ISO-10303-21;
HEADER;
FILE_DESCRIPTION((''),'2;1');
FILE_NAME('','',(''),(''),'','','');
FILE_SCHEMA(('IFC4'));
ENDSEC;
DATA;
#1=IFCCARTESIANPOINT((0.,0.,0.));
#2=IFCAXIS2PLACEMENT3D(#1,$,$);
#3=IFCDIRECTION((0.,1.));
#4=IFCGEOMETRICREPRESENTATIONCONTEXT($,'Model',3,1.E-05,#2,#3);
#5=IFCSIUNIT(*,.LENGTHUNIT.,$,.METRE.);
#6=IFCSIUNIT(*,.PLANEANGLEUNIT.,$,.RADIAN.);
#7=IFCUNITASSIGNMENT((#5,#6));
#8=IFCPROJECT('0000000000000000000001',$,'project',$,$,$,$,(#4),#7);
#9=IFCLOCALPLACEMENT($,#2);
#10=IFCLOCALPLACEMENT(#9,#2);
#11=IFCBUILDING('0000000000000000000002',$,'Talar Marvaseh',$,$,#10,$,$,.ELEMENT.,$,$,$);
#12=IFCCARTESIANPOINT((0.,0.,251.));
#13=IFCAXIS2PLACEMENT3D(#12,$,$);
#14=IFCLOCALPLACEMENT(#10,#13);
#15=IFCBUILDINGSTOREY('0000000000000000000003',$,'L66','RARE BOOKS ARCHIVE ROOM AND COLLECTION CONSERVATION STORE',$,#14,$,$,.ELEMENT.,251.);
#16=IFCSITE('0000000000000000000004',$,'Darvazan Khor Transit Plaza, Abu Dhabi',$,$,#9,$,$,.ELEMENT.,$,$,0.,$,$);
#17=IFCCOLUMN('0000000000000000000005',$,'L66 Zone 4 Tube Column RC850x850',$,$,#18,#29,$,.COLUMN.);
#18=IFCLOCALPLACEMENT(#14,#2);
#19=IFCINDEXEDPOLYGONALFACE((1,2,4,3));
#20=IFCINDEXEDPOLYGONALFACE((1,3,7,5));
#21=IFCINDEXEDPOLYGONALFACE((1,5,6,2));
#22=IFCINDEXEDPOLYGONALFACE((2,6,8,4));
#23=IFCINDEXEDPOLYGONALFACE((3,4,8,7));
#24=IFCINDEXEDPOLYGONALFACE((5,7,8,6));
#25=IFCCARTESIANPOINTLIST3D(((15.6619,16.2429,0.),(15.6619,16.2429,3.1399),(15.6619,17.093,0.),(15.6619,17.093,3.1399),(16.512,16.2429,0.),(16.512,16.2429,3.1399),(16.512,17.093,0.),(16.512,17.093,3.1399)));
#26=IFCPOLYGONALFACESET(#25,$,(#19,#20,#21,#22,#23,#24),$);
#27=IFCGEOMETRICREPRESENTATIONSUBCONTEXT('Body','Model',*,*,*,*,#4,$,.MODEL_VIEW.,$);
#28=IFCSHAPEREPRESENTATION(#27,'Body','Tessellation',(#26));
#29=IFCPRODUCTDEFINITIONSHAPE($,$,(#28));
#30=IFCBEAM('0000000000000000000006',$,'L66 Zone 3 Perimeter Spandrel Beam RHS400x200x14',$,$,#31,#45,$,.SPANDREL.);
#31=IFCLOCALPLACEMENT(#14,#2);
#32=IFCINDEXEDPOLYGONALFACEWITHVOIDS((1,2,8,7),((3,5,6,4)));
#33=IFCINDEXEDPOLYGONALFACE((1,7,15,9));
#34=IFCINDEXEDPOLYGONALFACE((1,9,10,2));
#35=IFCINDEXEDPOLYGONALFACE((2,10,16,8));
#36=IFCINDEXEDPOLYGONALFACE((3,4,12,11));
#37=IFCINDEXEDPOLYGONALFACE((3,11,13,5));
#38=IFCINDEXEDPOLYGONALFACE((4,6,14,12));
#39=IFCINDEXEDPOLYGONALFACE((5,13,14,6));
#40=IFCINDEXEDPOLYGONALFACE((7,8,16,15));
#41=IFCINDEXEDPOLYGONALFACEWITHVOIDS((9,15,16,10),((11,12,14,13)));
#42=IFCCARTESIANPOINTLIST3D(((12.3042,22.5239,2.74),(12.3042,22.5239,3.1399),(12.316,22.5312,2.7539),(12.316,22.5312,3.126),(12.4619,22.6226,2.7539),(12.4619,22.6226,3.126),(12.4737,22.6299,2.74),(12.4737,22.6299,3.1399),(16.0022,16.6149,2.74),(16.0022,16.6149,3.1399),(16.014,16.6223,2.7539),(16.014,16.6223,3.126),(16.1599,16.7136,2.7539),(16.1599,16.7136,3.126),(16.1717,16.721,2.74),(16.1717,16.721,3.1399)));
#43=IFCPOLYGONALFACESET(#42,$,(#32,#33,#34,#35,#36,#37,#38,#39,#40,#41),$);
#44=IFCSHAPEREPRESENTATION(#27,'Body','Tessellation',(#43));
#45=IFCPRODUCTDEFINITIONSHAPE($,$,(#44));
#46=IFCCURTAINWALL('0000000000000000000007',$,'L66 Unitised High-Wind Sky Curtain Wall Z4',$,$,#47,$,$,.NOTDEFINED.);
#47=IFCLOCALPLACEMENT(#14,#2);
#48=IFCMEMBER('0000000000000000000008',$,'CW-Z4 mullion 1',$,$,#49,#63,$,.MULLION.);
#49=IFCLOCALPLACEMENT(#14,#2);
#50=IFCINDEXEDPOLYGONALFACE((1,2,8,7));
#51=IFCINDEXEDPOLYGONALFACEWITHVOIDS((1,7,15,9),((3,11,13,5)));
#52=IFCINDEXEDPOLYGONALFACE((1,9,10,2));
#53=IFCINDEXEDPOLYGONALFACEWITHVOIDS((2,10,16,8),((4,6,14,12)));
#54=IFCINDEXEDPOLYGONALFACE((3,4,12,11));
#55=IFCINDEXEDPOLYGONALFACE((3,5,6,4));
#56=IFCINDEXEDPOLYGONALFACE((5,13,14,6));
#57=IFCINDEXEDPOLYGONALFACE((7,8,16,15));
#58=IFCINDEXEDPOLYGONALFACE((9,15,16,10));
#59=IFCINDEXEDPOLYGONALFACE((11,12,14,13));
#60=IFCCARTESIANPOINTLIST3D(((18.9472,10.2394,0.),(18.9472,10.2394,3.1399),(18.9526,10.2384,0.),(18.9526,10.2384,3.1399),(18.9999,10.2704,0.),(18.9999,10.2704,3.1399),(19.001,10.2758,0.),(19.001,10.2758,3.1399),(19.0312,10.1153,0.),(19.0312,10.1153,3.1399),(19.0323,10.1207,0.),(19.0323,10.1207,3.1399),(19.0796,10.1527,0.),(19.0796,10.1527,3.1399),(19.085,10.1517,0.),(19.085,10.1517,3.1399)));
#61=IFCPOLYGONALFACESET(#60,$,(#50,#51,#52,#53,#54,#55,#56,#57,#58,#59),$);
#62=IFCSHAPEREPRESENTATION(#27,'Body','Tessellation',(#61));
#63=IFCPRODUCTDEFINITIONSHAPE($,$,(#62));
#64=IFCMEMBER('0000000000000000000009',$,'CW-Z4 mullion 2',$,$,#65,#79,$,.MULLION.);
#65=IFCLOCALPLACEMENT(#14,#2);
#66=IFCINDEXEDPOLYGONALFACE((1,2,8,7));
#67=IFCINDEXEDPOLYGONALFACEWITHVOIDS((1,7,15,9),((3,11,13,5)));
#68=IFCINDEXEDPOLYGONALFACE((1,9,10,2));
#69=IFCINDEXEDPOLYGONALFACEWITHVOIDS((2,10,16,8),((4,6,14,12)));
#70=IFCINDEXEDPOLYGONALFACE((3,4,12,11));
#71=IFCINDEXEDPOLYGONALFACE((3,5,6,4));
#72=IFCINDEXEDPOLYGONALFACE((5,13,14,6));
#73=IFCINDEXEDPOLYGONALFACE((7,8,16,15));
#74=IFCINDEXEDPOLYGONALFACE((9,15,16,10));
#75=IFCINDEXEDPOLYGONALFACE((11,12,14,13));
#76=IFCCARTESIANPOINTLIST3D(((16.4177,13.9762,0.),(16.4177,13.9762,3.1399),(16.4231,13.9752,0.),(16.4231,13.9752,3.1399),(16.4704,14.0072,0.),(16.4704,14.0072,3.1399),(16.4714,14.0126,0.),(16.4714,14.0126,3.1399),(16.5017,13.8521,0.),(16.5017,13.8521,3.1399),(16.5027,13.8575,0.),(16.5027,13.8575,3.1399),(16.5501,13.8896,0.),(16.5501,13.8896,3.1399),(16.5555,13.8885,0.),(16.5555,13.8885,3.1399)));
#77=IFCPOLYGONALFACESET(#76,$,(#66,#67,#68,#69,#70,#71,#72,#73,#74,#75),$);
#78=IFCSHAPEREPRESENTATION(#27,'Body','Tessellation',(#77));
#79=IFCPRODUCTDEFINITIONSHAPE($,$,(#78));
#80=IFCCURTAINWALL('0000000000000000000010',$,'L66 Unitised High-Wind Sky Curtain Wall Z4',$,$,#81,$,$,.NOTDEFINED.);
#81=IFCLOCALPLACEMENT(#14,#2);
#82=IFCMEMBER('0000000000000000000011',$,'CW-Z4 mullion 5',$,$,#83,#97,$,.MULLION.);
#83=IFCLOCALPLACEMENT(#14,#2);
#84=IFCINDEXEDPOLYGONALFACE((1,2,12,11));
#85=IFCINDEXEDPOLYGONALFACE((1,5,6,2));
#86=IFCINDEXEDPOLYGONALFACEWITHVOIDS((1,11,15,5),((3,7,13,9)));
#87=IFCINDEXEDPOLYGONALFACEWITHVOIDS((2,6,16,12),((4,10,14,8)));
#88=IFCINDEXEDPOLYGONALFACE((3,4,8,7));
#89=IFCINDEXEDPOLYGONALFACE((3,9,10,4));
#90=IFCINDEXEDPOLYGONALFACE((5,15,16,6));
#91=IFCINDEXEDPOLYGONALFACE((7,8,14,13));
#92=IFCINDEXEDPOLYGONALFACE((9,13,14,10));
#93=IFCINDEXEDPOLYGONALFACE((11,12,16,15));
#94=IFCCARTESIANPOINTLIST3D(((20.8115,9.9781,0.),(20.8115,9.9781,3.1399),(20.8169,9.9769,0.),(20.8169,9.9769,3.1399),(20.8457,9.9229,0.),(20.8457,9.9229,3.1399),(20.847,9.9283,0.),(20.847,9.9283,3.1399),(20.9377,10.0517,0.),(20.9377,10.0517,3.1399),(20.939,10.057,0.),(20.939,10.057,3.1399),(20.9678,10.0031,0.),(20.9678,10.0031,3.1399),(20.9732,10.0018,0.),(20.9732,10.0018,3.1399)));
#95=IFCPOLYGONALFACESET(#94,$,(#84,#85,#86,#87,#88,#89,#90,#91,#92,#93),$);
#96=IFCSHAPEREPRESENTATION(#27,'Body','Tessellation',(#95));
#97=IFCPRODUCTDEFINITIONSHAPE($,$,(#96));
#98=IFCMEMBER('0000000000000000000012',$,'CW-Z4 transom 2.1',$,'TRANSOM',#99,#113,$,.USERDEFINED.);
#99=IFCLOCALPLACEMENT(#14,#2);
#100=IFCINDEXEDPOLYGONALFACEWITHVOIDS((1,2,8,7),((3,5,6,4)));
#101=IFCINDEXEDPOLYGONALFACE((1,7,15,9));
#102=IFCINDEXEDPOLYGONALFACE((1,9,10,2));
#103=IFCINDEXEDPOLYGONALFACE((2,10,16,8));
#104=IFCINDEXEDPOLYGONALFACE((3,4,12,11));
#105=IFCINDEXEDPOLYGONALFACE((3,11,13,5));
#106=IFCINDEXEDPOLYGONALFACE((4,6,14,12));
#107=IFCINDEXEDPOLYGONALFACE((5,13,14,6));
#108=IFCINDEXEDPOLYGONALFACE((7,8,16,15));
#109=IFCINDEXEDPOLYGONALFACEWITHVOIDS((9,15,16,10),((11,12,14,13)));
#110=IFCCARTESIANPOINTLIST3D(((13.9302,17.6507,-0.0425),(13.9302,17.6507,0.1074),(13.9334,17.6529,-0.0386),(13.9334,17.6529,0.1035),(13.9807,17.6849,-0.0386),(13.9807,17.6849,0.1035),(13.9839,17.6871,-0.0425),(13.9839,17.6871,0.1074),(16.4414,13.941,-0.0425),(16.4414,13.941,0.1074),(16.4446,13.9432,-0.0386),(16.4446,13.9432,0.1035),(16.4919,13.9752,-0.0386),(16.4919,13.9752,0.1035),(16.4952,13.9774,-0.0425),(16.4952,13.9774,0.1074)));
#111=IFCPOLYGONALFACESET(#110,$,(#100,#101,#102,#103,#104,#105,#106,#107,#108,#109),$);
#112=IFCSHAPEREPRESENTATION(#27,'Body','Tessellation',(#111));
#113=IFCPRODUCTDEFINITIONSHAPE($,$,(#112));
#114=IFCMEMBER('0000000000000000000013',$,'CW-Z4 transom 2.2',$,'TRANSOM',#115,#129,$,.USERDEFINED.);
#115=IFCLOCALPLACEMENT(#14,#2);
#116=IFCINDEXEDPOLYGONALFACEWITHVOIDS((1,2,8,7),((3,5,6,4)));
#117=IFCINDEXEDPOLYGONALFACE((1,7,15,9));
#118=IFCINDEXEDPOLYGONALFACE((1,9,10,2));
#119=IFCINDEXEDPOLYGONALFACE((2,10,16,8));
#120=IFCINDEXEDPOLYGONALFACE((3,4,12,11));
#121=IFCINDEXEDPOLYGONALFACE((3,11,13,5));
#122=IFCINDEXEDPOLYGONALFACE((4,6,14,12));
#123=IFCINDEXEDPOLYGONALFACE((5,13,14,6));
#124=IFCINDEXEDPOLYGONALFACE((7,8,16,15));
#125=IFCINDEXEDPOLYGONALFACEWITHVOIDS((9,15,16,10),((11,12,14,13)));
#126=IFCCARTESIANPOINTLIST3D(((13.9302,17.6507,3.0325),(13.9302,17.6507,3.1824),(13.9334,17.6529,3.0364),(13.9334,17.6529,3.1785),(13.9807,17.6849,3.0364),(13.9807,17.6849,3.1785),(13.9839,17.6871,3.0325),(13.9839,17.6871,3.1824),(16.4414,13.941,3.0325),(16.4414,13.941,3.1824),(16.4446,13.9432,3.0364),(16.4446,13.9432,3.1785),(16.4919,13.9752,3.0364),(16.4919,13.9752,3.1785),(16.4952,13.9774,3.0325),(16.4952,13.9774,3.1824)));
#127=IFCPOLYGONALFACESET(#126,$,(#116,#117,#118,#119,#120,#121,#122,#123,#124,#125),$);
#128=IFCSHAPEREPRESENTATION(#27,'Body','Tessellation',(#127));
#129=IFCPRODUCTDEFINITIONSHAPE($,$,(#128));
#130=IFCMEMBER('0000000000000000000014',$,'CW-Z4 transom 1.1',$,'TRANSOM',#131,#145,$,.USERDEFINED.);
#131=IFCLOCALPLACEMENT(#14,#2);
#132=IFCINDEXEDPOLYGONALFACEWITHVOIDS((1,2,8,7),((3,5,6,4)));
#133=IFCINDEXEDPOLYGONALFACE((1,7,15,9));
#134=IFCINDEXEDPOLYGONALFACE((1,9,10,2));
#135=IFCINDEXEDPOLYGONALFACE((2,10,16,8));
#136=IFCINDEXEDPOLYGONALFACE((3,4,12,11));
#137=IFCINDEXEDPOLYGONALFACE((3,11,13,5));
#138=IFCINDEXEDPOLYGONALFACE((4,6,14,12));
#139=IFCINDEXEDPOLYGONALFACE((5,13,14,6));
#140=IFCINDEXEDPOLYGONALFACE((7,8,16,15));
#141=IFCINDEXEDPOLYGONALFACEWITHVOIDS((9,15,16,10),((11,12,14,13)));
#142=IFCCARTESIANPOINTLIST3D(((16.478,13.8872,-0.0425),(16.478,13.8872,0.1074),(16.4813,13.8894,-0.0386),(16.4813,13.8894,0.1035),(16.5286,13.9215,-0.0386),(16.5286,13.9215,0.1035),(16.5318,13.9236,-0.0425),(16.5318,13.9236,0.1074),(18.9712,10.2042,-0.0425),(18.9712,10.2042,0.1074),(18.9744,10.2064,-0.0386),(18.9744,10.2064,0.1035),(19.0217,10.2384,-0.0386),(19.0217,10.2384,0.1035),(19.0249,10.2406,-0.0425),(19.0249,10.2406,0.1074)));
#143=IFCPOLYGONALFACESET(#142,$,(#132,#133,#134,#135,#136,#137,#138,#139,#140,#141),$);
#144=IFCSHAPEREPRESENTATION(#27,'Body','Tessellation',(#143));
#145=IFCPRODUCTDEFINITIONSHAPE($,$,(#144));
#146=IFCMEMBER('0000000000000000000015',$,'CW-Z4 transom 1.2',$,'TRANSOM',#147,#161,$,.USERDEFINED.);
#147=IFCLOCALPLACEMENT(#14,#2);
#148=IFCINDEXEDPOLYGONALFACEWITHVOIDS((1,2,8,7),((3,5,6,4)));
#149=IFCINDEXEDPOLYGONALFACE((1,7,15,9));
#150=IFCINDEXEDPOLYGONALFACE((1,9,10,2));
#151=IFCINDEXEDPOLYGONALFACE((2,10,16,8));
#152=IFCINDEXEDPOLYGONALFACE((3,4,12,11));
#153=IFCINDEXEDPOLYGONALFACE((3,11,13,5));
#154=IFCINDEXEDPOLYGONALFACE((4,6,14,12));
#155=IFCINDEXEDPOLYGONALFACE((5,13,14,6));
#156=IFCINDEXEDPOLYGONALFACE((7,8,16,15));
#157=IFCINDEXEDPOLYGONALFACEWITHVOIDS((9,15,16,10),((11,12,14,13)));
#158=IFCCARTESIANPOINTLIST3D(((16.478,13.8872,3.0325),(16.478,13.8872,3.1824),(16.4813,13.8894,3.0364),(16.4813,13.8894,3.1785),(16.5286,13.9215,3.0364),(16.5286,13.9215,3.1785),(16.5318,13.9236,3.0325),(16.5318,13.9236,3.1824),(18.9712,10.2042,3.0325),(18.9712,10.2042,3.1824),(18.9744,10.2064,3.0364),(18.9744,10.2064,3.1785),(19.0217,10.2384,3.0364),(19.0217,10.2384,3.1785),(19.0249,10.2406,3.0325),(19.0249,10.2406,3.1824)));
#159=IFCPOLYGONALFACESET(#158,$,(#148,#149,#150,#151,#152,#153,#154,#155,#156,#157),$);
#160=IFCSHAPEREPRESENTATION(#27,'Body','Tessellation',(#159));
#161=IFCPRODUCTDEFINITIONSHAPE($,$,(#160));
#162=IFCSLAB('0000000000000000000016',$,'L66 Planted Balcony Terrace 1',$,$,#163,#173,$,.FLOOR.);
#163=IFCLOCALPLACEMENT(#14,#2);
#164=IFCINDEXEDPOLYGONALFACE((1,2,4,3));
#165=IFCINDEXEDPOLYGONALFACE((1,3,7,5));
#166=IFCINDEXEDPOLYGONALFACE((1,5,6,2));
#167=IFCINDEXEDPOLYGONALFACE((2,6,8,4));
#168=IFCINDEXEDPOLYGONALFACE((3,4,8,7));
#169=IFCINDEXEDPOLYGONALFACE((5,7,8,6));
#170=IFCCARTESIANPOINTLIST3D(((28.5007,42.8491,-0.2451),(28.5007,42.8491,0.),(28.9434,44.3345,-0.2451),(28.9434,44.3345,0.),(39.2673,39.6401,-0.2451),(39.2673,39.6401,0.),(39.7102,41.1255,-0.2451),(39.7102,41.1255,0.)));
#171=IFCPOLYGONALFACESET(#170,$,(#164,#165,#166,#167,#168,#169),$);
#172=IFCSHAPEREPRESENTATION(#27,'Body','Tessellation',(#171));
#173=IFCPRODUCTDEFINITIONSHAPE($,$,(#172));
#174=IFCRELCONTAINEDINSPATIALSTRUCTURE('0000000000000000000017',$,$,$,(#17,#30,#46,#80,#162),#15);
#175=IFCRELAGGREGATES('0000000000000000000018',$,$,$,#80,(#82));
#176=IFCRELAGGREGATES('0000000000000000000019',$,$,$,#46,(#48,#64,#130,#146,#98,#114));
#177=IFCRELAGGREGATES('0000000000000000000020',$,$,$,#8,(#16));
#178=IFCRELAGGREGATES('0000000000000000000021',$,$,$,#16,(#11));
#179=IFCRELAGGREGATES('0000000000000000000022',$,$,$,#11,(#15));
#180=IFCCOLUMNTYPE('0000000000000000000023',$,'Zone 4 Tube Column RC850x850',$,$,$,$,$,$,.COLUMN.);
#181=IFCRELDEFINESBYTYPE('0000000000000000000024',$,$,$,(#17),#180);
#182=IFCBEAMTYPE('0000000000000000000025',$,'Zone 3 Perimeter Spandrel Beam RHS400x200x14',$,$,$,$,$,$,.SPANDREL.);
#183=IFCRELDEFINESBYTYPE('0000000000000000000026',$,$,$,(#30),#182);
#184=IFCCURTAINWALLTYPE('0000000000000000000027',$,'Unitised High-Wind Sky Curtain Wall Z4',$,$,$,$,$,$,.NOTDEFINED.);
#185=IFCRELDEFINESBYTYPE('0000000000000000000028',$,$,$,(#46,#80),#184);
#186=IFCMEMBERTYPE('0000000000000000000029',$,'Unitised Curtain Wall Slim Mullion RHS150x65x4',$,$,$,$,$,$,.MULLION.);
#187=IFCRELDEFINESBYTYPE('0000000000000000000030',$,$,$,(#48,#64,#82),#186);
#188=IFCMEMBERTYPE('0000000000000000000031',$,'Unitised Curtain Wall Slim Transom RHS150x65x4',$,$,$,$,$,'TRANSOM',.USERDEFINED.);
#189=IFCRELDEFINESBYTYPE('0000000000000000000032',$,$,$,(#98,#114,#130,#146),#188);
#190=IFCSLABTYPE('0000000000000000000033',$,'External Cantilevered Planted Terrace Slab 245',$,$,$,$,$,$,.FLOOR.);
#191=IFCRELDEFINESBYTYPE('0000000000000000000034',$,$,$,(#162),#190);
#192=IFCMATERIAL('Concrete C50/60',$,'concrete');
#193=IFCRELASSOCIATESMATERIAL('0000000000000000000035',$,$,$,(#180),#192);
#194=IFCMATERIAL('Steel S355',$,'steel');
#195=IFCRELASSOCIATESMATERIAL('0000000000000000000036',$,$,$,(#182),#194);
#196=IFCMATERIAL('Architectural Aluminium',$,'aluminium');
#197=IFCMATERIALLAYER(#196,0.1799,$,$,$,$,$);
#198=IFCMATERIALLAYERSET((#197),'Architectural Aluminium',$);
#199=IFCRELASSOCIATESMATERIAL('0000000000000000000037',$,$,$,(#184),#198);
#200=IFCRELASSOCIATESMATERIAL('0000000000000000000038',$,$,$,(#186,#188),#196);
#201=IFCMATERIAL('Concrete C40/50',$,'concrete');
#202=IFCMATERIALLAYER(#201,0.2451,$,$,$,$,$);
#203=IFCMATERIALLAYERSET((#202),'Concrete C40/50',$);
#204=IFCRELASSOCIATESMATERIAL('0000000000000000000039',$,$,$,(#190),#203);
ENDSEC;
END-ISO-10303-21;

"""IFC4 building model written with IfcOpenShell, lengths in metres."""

from ifc_helpers import new_model, si_unit, direction, frame, origin, origin_2d, place, context, subcontext, project, spatial, polyline, rectangle, hollow_rectangle, outline, extrude, source, transform, mapped, material, layer, layer_set, material_profile, profile_set, type_object, type_shapes, element, aggregate, save


model = new_model("IFC4")

# Units and contexts
model_context = context("Model", 3, precision=1e-05, world=origin(), true_north=direction((0.0, 1.0)))
body_context = subcontext(model_context, "Body", "Model", "MODEL_VIEW")
ifc_project = project(units=[si_unit("LENGTHUNIT", "METRE"), si_unit("PLANEANGLEUNIT", "RADIAN")], contexts=[model_context])

# Site, building, storey
site_placement = place(None, origin())
site = spatial("IfcSite", under=ifc_project, at=site_placement, Name="Darvazan Khor Transit Plaza, Abu Dhabi", CompositionType="ELEMENT", RefElevation=0.0)
building_placement = place(site_placement, origin())
building = spatial("IfcBuilding", under=site, at=building_placement, Name="Talar Marvaseh", CompositionType="ELEMENT")
storey_placement = place(building_placement, frame((0.0, 0.0, 251.0)))
storey = spatial("IfcBuildingStorey", under=building, at=storey_placement, Name="L66", Description="RARE BOOKS ARCHIVE ROOM AND COLLECTION CONSERVATION STORE", CompositionType="ELEMENT", Elevation=251.0)

# Column
ifc_material_1 = material(Name="Concrete C50/60", Category="concrete")
ifc_material_profile_1 = material_profile(ifc_material_1, rectangle(XDim=0.8501, YDim=0.8501, at=origin_2d()), Name="RC850x850")
ifc_profile_set_1 = profile_set([ifc_material_profile_1], Name="Concrete C50/60")
column_type = type_object("IfcColumnType", Name="Zone 4 Tube Column RC850x850", PredefinedType="COLUMN", material=ifc_profile_set_1)
column_placement = place(storey_placement, frame((16.0869, 16.668, 0.0), z_axis=(0.0, 0.0, 1.0), x_axis=(1.0, 0.0, 0.0)))
element("IfcColumn", 1, at=column_placement, inside=storey, type_object=column_type, Name="L66 Zone 4 Tube Column RC850x850", PredefinedType="COLUMN", context=body_context, shape_type="SweptSolid", body=[
    extrude(rectangle(XDim=0.8501, YDim=0.8501, at=origin_2d()), origin(), (0.0, 0.0, 1.0), 3.1399),
])

# Beam
ifc_material_2 = material(Name="Steel S355", Category="steel")
ifc_material_profile_2 = material_profile(ifc_material_2, hollow_rectangle(XDim=0.2, YDim=0.3999, WallThickness=0.0139, at=origin_2d()), Name="RHS400x200x14")
ifc_profile_set_2 = profile_set([ifc_material_profile_2], Name="Steel S355")
beam_type = type_object("IfcBeamType", Name="Zone 3 Perimeter Spandrel Beam RHS400x200x14", PredefinedType="SPANDREL", material=ifc_profile_set_2)
beam_placement = place(storey_placement, frame((16.0869, 16.668, 2.9399), z_axis=(-0.530506, 0.847681, 0.0), x_axis=(-0.847681, -0.530506, 0.0)))
element("IfcBeam", 2, at=beam_placement, inside=storey, type_object=beam_type, Name="L66 Zone 3 Perimeter Spandrel Beam RHS400x200x14", PredefinedType="SPANDREL", context=body_context, shape_type="SweptSolid", body=[
    extrude(hollow_rectangle(XDim=0.2, YDim=0.3999, WallThickness=0.0139, at=origin_2d()), origin(), (0.0, 0.0, 1.0), 6.9707),
])

# Curtain wall, members
ifc_material_3 = material(Name="Architectural Aluminium", Category="aluminium")
ifc_layer_1 = layer(ifc_material_3, 0.1799)
ifc_layer_set_1 = layer_set([ifc_layer_1], Name="Architectural Aluminium")
curtain_wall_type = type_object("IfcCurtainWallType", Name="Unitised High-Wind Sky Curtain Wall Z4", PredefinedType="NOTDEFINED", material=ifc_layer_set_1)
curtain_wall_1_placement = place(storey_placement, origin())
curtain_wall_1 = element("IfcCurtainWall", 3, at=curtain_wall_1_placement, inside=storey, type_object=curtain_wall_type, Name="L66 Unitised High-Wind Sky Curtain Wall Z4", PredefinedType="NOTDEFINED")
ifc_material_profile_3 = material_profile(ifc_material_3, hollow_rectangle(XDim=0.0649, YDim=0.1499, WallThickness=0.0039, at=origin_2d()), Name="RHS150x65x4")
ifc_profile_set_3 = profile_set([ifc_material_profile_3], Name="Architectural Aluminium")
member_type_1 = type_object("IfcMemberType", Name="Unitised Curtain Wall Slim Mullion RHS150x65x4", PredefinedType="MULLION", material=ifc_profile_set_3)
shared_shape_1 = source(origin(), body_context, "Body", "SweptSolid", [
    extrude(hollow_rectangle(XDim=0.0649, YDim=0.1499, WallThickness=0.0039, at=origin_2d()), origin(), (0.0, 0.0, 1.0), 3.1399),
])
type_shapes(member_type_1, [shared_shape_1])
member_1_placement = place(storey_placement, frame((19.0161, 10.1956, 0.0), z_axis=(0.0, 0.0, 1.0), x_axis=(-0.828098, -0.560583, 0.0)))
member_1 = element("IfcMember", 4, at=member_1_placement, type_object=member_type_1, Name="CW-Z4 mullion 1", PredefinedType="MULLION", context=body_context, shape_type="MappedRepresentation", body=[
    mapped(shared_shape_1, transform((0.0, 0.0, 0.0), x_axis=(1.0, 0.0, 0.0), y_axis=(0.0, 1.0, 0.0), z_axis=(0.0, 0.0, 1.0), scale=1.0)),
])
member_2_placement = place(storey_placement, frame((16.4866, 13.9324, 0.0), z_axis=(0.0, 0.0, 1.0), x_axis=(-0.828098, -0.560583, 0.0)))
member_2 = element("IfcMember", 5, at=member_2_placement, type_object=member_type_1, Name="CW-Z4 mullion 2", PredefinedType="MULLION", context=body_context, shape_type="MappedRepresentation", body=[
    mapped(shared_shape_1, transform((0.0, 0.0, 0.0), x_axis=(1.0, 0.0, 0.0), y_axis=(0.0, 1.0, 0.0), z_axis=(0.0, 0.0, 1.0), scale=1.0)),
])

# Curtain wall, member
curtain_wall_2_placement = place(storey_placement, origin())
curtain_wall_2 = element("IfcCurtainWall", 6, at=curtain_wall_2_placement, inside=storey, type_object=curtain_wall_type, Name="L66 Unitised High-Wind Sky Curtain Wall Z4", PredefinedType="NOTDEFINED")
member_3_placement = place(storey_placement, frame((20.8923, 9.99, 0.0), z_axis=(0.0, 0.0, 1.0), x_axis=(0.52635, -0.850268, 0.0)))
member_3 = element("IfcMember", 7, at=member_3_placement, type_object=member_type_1, Name="CW-Z4 mullion 5", PredefinedType="MULLION", context=body_context, shape_type="MappedRepresentation", body=[
    mapped(shared_shape_1, transform((0.0, 0.0, 0.0), x_axis=(1.0, 0.0, 0.0), y_axis=(0.0, 1.0, 0.0), z_axis=(0.0, 0.0, 1.0), scale=1.0)),
])
aggregate(curtain_wall_2, [member_3])

# Members
ifc_material_profile_4 = material_profile(ifc_material_3, hollow_rectangle(XDim=0.0649, YDim=0.1499, WallThickness=0.0039, at=origin_2d()), Name="RHS150x65x4")
ifc_profile_set_4 = profile_set([ifc_material_profile_4], Name="Architectural Aluminium")
member_type_2 = type_object("IfcMemberType", Name="Unitised Curtain Wall Slim Transom RHS150x65x4", ElementType="TRANSOM", PredefinedType="USERDEFINED", material=ifc_profile_set_4)
shared_shape_2 = source(origin(), body_context, "Body", "SweptSolid", [
    extrude(hollow_rectangle(XDim=0.0649, YDim=0.1499, WallThickness=0.0039, at=origin_2d()), origin(), (0.0, 0.0, 1.0), 4.4797),
])
member_4_placement = place(storey_placement, frame((16.4683, 13.9592, 0.0325), z_axis=(-0.560572, 0.828106, 0.0), x_axis=(-0.828106, -0.560572, 0.0)))
member_4 = element("IfcMember", 8, at=member_4_placement, type_object=member_type_2, Name="CW-Z4 transom 2.1", ObjectType="TRANSOM", PredefinedType="USERDEFINED", context=body_context, shape_type="MappedRepresentation", body=[
    mapped(shared_shape_2, transform((0.0, 0.0, 0.0), x_axis=(1.0, 0.0, 0.0), y_axis=(0.0, 1.0, 0.0), z_axis=(0.0, 0.0, 1.0), scale=1.0)),
])
member_5_placement = place(storey_placement, frame((16.4683, 13.9592, 3.1074), z_axis=(-0.560572, 0.828106, 0.0), x_axis=(-0.828106, -0.560572, 0.0)))
member_5 = element("IfcMember", 9, at=member_5_placement, type_object=member_type_2, Name="CW-Z4 transom 2.2", ObjectType="TRANSOM", PredefinedType="USERDEFINED", context=body_context, shape_type="MappedRepresentation", body=[
    mapped(shared_shape_2, transform((0.0, 0.0, 0.0), x_axis=(1.0, 0.0, 0.0), y_axis=(0.0, 1.0, 0.0), z_axis=(0.0, 0.0, 1.0), scale=1.0)),
])
shared_shape_3 = source(origin(), body_context, "Body", "SweptSolid", [
    extrude(hollow_rectangle(XDim=0.0649, YDim=0.1499, WallThickness=0.0039, at=origin_2d()), origin(), (0.0, 0.0, 1.0), 4.4475),
])
type_shapes(member_type_2, [shared_shape_2, shared_shape_3])
member_6_placement = place(storey_placement, frame((18.998, 10.2224, 0.0325), z_axis=(-0.560564, 0.828111, 0.0), x_axis=(-0.828111, -0.560564, 0.0)))
member_6 = element("IfcMember", 10, at=member_6_placement, type_object=member_type_2, Name="CW-Z4 transom 1.1", ObjectType="TRANSOM", PredefinedType="USERDEFINED", context=body_context, shape_type="MappedRepresentation", body=[
    mapped(shared_shape_3, transform((0.0, 0.0, 0.0), x_axis=(1.0, 0.0, 0.0), y_axis=(0.0, 1.0, 0.0), z_axis=(0.0, 0.0, 1.0), scale=1.0)),
])
member_7_placement = place(storey_placement, frame((18.998, 10.2224, 3.1074), z_axis=(-0.560564, 0.828111, 0.0), x_axis=(-0.828111, -0.560564, 0.0)))
member_7 = element("IfcMember", 11, at=member_7_placement, type_object=member_type_2, Name="CW-Z4 transom 1.2", ObjectType="TRANSOM", PredefinedType="USERDEFINED", context=body_context, shape_type="MappedRepresentation", body=[
    mapped(shared_shape_3, transform((0.0, 0.0, 0.0), x_axis=(1.0, 0.0, 0.0), y_axis=(0.0, 1.0, 0.0), z_axis=(0.0, 0.0, 1.0), scale=1.0)),
])

# Slab
ifc_material_4 = material(Name="Concrete C40/50", Category="concrete")
ifc_layer_2 = layer(ifc_material_4, 0.2451)
ifc_layer_set_2 = layer_set([ifc_layer_2], Name="Concrete C40/50")
slab_type_1 = type_object("IfcSlabType", Name="External Cantilevered Planted Terrace Slab 245", PredefinedType="FLOOR", material=ifc_layer_set_2)
slab_1_placement = place(storey_placement, frame((0.0, 0.0, -0.2451)))
element("IfcSlab", 12, at=slab_1_placement, inside=storey, type_object=slab_type_1, Name="L66 Planted Balcony Terrace 1", PredefinedType="FLOOR", context=body_context, shape_type="SweptSolid", body=[
    extrude(outline(polyline([(28.5007, 42.8491), (39.2673, 39.6401), (39.7102, 41.1255), (28.9434, 44.3345), (28.5007, 42.8491)])), origin(), (0.0, 0.0, 1.0), 0.2451),
])

aggregate(curtain_wall_1, [member_1, member_2, member_6, member_7, member_4, member_5])

save(model, "model.ifc")
